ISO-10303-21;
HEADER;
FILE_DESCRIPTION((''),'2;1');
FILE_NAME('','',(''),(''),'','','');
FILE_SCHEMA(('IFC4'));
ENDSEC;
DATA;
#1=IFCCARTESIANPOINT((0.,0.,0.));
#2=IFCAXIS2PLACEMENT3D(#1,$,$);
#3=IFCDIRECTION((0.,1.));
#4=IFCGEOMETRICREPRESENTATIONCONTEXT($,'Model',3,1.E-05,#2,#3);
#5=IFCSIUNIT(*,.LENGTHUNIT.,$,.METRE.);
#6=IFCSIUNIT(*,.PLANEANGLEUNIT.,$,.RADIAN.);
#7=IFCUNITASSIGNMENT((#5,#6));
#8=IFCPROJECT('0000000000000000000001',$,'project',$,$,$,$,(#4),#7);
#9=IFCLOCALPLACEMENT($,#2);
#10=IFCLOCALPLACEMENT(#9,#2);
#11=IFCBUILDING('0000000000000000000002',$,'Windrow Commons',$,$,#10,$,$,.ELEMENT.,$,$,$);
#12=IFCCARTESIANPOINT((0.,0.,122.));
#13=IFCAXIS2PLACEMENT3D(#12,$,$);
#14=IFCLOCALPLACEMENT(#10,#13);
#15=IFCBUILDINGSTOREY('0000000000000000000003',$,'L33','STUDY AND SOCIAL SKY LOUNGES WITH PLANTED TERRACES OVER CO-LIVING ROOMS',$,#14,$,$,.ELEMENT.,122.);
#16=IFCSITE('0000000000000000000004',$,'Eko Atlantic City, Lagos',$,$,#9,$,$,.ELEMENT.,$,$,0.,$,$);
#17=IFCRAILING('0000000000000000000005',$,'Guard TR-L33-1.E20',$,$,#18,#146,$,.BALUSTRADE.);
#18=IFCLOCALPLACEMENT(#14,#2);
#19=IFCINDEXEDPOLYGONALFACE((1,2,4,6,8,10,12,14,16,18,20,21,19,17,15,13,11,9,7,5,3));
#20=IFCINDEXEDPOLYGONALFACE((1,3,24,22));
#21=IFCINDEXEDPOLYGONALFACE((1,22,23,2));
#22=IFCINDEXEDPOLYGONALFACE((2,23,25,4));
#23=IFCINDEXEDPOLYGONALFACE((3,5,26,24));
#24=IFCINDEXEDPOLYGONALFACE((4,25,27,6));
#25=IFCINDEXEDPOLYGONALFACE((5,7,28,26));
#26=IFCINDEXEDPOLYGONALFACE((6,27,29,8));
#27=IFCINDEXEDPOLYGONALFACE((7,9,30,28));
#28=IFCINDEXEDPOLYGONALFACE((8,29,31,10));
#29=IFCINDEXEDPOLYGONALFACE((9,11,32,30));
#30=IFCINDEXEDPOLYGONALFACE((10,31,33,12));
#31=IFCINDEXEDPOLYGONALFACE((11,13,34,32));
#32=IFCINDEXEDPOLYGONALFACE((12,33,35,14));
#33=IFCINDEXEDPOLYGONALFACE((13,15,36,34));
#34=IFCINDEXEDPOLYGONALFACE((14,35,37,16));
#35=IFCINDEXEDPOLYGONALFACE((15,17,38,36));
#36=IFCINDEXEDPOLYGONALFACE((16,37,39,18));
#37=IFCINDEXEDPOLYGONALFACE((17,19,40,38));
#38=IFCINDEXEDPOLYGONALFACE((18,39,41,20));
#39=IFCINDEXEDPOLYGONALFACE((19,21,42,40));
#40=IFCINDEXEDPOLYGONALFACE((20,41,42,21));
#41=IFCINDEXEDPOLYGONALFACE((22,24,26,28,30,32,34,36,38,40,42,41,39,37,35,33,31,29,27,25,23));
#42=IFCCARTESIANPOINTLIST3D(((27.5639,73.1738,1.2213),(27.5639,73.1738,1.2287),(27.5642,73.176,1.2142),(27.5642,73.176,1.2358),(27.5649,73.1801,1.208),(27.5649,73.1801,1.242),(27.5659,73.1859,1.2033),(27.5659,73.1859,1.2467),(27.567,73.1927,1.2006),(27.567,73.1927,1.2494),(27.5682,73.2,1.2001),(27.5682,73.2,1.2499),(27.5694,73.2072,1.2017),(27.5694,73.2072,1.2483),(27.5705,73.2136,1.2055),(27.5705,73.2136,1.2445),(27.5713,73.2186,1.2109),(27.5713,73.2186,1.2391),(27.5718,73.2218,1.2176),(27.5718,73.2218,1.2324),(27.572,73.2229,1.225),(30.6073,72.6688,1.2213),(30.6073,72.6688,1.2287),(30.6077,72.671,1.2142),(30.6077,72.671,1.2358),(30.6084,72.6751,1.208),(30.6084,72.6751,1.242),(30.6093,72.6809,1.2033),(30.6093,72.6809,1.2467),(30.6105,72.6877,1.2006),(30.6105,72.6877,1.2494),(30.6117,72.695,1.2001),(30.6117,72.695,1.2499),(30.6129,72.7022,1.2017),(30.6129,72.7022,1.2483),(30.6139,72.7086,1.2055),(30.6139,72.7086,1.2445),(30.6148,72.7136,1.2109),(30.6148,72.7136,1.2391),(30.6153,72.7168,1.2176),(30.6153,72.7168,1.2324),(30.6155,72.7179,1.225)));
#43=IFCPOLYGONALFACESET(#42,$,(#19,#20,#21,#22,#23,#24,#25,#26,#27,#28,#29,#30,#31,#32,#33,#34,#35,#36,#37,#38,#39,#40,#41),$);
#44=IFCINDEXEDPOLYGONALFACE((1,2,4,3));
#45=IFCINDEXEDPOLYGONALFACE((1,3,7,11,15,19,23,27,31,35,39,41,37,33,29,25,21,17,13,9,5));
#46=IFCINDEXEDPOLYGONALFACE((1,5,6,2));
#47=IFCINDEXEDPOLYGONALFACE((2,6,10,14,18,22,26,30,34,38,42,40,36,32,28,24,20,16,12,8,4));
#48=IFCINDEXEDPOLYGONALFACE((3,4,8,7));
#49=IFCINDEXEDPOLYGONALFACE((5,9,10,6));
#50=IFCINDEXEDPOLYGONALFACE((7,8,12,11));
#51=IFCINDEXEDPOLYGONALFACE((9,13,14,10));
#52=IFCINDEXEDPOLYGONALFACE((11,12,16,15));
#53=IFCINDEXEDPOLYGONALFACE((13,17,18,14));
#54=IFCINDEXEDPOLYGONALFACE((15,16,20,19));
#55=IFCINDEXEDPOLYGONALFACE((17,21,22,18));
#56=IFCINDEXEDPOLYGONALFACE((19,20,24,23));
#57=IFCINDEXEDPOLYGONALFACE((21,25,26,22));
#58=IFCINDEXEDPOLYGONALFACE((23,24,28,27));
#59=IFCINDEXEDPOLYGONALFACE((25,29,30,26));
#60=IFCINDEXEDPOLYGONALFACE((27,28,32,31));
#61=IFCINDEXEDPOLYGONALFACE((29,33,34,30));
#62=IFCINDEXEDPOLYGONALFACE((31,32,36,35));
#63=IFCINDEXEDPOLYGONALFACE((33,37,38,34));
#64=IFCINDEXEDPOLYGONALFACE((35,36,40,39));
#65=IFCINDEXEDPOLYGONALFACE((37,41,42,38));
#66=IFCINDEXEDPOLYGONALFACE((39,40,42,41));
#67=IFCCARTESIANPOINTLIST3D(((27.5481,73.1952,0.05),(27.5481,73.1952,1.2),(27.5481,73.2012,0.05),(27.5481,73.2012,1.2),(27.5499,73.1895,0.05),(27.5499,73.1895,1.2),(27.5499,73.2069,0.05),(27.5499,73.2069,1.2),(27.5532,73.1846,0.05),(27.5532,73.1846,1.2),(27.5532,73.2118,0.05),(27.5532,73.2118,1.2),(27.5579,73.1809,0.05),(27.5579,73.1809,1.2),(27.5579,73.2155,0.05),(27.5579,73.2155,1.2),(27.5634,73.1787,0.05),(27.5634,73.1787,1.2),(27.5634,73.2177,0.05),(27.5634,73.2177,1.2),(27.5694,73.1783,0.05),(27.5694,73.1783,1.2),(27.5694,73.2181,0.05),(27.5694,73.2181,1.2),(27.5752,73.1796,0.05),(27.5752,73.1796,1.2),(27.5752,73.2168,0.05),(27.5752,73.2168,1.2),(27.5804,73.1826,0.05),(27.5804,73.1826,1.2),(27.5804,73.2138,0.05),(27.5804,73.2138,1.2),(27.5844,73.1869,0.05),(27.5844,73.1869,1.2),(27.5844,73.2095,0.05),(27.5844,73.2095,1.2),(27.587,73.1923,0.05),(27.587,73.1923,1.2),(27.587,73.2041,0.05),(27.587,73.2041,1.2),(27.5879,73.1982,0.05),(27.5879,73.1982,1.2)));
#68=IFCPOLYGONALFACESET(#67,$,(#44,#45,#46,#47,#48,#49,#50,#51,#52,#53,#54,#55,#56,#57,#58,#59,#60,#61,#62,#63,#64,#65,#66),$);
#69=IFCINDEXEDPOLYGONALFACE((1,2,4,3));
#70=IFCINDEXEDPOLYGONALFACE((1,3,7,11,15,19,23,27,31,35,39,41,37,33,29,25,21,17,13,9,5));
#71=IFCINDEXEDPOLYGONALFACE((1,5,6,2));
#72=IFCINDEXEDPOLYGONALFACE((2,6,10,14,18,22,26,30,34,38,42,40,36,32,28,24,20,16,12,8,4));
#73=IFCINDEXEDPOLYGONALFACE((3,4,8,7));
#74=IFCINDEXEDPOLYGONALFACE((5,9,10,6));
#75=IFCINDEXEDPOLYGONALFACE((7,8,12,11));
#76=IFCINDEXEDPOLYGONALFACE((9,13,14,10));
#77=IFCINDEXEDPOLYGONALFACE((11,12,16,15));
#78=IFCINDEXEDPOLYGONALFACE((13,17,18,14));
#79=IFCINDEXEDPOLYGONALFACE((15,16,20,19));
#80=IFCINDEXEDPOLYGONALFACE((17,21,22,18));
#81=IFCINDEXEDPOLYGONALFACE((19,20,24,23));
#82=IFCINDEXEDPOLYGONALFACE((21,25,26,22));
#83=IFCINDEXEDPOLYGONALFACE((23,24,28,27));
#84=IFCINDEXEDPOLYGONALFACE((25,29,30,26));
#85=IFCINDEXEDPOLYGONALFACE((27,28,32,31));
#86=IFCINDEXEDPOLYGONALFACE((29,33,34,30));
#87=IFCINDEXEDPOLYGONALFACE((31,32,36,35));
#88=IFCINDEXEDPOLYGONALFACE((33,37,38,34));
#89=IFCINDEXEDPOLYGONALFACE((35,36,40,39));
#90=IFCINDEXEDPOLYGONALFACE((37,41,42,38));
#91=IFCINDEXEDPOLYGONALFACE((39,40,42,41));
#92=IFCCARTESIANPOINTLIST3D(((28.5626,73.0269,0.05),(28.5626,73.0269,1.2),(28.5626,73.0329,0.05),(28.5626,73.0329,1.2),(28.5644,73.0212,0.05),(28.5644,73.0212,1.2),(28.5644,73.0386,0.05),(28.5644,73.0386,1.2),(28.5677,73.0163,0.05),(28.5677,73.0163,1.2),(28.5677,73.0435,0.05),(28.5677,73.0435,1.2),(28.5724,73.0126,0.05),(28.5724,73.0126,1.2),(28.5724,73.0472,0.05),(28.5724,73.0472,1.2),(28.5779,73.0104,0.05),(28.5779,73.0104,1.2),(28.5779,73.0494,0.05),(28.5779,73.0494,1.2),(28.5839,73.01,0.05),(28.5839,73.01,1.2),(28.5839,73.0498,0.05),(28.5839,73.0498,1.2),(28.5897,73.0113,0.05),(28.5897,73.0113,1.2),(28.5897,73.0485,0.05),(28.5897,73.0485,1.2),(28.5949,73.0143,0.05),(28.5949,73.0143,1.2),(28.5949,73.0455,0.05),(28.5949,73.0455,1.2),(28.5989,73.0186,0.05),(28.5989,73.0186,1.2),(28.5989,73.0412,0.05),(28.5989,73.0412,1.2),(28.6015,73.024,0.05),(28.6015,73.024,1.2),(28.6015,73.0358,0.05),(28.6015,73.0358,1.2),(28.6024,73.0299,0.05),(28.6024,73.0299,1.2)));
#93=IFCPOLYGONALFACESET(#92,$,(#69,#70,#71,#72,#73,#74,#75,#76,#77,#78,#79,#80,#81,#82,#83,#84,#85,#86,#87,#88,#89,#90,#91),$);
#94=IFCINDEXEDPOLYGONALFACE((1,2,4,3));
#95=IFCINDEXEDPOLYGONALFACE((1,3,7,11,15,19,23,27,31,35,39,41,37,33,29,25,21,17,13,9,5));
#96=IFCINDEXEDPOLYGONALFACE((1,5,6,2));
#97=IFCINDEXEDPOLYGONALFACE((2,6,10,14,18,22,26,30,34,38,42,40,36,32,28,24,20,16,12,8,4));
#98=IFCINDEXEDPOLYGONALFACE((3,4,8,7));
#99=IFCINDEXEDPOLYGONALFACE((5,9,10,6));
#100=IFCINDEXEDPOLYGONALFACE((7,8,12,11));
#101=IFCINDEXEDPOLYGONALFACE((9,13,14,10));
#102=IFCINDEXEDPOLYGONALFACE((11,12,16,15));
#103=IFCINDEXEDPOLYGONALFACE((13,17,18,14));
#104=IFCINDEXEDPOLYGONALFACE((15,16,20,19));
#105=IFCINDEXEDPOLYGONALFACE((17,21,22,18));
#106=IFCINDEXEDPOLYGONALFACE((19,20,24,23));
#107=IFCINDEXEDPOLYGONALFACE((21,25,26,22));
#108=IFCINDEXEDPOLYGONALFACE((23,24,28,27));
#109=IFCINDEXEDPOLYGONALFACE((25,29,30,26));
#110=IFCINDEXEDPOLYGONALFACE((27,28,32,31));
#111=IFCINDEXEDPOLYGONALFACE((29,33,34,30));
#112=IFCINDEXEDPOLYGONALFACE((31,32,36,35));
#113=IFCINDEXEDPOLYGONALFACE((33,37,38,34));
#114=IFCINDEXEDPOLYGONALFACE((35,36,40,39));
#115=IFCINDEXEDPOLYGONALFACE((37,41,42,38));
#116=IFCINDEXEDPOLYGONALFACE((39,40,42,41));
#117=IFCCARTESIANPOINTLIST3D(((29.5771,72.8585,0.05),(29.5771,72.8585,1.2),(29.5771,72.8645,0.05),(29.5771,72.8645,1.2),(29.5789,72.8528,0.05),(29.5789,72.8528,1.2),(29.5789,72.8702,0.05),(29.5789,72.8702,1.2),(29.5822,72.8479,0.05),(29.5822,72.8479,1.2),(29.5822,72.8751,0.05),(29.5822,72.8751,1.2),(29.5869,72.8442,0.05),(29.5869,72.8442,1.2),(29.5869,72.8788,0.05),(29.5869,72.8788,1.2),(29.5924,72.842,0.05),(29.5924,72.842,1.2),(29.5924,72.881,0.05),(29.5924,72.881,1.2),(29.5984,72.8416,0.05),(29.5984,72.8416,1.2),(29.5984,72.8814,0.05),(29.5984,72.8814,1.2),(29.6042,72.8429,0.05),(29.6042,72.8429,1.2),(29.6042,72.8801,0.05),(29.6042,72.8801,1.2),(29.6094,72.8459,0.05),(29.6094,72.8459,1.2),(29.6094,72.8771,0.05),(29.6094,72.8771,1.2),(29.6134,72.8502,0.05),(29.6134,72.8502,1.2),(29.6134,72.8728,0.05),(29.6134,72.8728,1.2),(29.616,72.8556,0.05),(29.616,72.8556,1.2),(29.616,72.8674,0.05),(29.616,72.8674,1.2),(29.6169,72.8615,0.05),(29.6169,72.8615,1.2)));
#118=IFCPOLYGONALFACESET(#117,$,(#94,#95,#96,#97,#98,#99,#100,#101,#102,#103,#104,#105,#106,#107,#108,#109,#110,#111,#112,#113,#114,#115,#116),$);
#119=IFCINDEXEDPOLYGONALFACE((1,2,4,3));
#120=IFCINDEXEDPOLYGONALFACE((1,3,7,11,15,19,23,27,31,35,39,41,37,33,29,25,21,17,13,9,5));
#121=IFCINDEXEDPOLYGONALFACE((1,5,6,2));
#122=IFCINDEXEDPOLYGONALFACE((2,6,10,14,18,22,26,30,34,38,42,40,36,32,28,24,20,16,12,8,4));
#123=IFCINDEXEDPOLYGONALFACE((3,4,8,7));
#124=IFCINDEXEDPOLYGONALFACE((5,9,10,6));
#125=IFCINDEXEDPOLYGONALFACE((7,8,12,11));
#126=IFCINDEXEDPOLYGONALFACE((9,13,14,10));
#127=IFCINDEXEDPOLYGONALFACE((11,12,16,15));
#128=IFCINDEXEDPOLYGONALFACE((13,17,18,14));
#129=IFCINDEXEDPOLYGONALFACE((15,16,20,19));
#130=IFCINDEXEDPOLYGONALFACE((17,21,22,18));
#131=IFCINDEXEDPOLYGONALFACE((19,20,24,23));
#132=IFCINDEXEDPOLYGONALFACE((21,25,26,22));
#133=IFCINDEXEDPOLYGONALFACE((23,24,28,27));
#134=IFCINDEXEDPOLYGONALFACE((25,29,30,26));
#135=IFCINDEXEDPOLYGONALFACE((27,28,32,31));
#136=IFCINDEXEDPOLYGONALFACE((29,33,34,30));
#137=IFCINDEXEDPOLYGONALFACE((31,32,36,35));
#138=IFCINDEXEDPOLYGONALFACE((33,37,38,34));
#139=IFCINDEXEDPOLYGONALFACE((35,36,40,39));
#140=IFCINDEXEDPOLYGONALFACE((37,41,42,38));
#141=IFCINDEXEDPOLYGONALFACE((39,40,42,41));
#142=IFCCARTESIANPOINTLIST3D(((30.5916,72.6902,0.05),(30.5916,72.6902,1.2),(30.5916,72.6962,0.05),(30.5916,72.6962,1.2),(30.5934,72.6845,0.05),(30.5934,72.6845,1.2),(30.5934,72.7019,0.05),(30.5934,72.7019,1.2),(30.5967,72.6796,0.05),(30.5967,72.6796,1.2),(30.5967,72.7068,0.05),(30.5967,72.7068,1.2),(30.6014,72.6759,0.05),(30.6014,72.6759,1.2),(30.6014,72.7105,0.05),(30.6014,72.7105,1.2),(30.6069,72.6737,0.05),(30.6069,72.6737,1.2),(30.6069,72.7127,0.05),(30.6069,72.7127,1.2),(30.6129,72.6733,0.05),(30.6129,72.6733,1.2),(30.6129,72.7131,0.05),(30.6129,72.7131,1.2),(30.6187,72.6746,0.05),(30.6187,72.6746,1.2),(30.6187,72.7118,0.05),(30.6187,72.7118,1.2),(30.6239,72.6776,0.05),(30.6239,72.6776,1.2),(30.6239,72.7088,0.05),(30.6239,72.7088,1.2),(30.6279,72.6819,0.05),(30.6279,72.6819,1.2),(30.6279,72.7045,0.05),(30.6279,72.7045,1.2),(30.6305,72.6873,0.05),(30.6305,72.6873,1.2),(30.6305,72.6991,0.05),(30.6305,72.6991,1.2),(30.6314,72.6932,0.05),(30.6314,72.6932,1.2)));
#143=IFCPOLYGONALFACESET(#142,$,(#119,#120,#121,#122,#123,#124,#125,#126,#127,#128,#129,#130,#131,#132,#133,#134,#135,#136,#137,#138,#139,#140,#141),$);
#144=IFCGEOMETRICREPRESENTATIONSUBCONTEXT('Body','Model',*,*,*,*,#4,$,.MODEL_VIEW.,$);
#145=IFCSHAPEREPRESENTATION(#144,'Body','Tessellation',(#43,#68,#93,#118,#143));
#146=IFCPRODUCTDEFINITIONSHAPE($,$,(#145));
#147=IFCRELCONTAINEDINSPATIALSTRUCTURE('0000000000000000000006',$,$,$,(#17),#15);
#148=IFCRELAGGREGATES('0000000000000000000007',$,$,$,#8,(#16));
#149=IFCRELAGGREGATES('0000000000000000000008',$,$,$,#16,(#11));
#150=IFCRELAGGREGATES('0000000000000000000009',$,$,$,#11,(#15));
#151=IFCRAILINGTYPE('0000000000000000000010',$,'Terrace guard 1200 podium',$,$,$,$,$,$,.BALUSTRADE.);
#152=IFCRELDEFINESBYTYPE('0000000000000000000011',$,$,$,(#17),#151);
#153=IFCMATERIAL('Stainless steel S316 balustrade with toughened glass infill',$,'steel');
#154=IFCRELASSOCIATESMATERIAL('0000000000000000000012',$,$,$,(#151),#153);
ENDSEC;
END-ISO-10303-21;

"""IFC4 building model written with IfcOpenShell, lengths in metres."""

from ifc_helpers import new_model, si_unit, direction, frame, origin, origin_2d, place, context, subcontext, project, spatial, circle, extrude, material, type_object, element, save


model = new_model("IFC4")

# Units and contexts
model_context = context("Model", 3, precision=1e-05, world=origin(), true_north=direction((0.0, 1.0)))
body_context = subcontext(model_context, "Body", "Model", "MODEL_VIEW")
ifc_project = project(units=[si_unit("LENGTHUNIT", "METRE"), si_unit("PLANEANGLEUNIT", "RADIAN")], contexts=[model_context])

# Site, building, storey
site_placement = place(None, origin())
site = spatial("IfcSite", under=ifc_project, at=site_placement, Name="Eko Atlantic City, Lagos", CompositionType="ELEMENT", RefElevation=0.0)
building_placement = place(site_placement, origin())
building = spatial("IfcBuilding", under=site, at=building_placement, Name="Windrow Commons", CompositionType="ELEMENT")
storey_placement = place(building_placement, frame((0.0, 0.0, 122.0)))
storey = spatial("IfcBuildingStorey", under=building, at=storey_placement, Name="L33", Description="STUDY AND SOCIAL SKY LOUNGES WITH PLANTED TERRACES OVER CO-LIVING ROOMS", CompositionType="ELEMENT", Elevation=122.0)

# Railing
ifc_material_1 = material(Name="Stainless steel S316 balustrade with toughened glass infill", Category="steel")
railing_type = type_object("IfcRailingType", Name="Terrace guard 1200 podium", PredefinedType="BALUSTRADE", material=ifc_material_1)
railing_1_placement = place(storey_placement, frame((27.5679, 73.1982, 0.05)))
element("IfcRailing", 1, at=railing_1_placement, inside=storey, type_object=railing_type, Name="Guard TR-L33-1.E20", PredefinedType="BALUSTRADE", context=body_context, shape_type="SweptSolid", body=[
    extrude(circle(Radius=0.025, at=origin_2d()), frame((0.0, 0.0, 1.175), z_axis=(0.986512, -0.163689, 0.0), x_axis=(0.163689, 0.986512, 0.0)), (0.0, 0.0, 1.0), 3.0851),
    extrude(circle(Radius=0.02, at=origin_2d()), origin(), (0.0, 0.0, 1.0), 1.15),
    extrude(circle(Radius=0.02, at=origin_2d()), frame((1.0145, -0.1683, 0.0)), (0.0, 0.0, 1.0), 1.15),
    extrude(circle(Radius=0.02, at=origin_2d()), frame((2.029, -0.3367, 0.0)), (0.0, 0.0, 1.0), 1.15),
    extrude(circle(Radius=0.02, at=origin_2d()), frame((3.0435, -0.505, 0.0)), (0.0, 0.0, 1.0), 1.15),
])

save(model, "model.ifc")
